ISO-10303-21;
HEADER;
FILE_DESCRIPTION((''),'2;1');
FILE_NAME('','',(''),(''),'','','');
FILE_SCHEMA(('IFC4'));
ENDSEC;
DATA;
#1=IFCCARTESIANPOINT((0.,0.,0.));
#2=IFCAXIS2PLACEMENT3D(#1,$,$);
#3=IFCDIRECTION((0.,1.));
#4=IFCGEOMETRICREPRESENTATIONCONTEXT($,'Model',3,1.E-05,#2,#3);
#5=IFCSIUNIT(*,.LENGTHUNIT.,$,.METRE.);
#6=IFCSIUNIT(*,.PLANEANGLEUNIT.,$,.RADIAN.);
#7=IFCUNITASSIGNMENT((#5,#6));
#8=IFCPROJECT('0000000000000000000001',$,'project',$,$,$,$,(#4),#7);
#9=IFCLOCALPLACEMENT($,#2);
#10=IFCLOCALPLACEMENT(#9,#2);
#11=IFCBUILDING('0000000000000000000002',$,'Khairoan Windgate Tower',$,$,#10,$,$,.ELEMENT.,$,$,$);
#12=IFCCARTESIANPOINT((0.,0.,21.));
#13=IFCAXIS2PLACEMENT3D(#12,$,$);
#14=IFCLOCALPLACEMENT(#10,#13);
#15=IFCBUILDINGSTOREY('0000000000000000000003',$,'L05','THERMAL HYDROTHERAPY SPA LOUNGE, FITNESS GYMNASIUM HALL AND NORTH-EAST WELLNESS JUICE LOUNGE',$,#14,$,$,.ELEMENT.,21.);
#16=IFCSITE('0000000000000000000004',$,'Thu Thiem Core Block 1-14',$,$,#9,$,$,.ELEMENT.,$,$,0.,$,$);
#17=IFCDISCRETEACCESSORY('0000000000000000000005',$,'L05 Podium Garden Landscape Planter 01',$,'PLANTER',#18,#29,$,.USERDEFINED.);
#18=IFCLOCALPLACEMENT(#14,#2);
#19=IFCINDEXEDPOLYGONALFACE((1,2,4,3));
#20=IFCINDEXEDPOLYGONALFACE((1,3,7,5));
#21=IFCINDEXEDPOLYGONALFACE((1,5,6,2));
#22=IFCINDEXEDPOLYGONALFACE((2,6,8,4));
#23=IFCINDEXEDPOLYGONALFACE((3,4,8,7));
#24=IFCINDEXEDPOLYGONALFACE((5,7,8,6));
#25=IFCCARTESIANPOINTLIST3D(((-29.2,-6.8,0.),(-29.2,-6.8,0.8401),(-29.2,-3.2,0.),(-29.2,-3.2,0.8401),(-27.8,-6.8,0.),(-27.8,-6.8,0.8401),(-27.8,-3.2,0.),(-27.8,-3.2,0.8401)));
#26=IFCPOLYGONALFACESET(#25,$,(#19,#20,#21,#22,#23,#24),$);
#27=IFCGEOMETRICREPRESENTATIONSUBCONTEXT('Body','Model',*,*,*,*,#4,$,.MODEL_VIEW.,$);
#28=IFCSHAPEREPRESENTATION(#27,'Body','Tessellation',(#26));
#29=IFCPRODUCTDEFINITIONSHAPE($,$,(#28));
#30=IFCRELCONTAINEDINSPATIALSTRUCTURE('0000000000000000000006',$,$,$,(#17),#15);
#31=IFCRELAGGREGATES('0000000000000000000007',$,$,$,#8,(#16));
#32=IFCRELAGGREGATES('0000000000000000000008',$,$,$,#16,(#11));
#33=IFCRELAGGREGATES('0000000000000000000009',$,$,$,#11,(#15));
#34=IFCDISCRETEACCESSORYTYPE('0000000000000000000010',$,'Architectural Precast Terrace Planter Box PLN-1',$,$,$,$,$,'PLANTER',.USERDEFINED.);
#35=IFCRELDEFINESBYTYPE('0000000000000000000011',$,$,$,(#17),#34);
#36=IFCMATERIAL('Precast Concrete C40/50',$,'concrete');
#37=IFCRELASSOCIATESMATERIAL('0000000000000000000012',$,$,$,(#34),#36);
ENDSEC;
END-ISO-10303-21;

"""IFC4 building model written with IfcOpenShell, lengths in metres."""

from ifc_helpers import new_model, si_unit, direction, frame, origin, origin_2d, place, context, subcontext, project, spatial, rectangle, extrude, material, type_object, element, save


model = new_model("IFC4")

# Units and contexts
model_context = context("Model", 3, precision=1e-05, world=origin(), true_north=direction((0.0, 1.0)))
body_context = subcontext(model_context, "Body", "Model", "MODEL_VIEW")
ifc_project = project(units=[si_unit("LENGTHUNIT", "METRE"), si_unit("PLANEANGLEUNIT", "RADIAN")], contexts=[model_context])

# Site, building, storey
site_placement = place(None, origin())
site = spatial("IfcSite", under=ifc_project, at=site_placement, Name="Thu Thiem Core Block 1-14", CompositionType="ELEMENT", RefElevation=0.0)
building_placement = place(site_placement, origin())
building = spatial("IfcBuilding", under=site, at=building_placement, Name="Khairoan Windgate Tower", CompositionType="ELEMENT")
storey_placement = place(building_placement, frame((0.0, 0.0, 21.0)))
storey = spatial("IfcBuildingStorey", under=building, at=storey_placement, Name="L05", Description="THERMAL HYDROTHERAPY SPA LOUNGE, FITNESS GYMNASIUM HALL AND NORTH-EAST WELLNESS JUICE LOUNGE", CompositionType="ELEMENT", Elevation=21.0)

# Discrete accessory
ifc_material_1 = material(Name="Precast Concrete C40/50", Category="concrete")
discrete_accessory_type = type_object("IfcDiscreteAccessoryType", Name="Architectural Precast Terrace Planter Box PLN-1", ElementType="PLANTER", PredefinedType="USERDEFINED", material=ifc_material_1)
discrete_accessory_placement = place(storey_placement, frame((-28.5, -5.0, 0.0), z_axis=(0.0, 0.0, 1.0), x_axis=(1.0, 0.0, 0.0)))
element("IfcDiscreteAccessory", 1, at=discrete_accessory_placement, inside=storey, type_object=discrete_accessory_type, Name="L05 Podium Garden Landscape Planter 01", ObjectType="PLANTER", PredefinedType="USERDEFINED", context=body_context, shape_type="SweptSolid", body=[
    extrude(rectangle(XDim=1.3999, YDim=3.6001, at=origin_2d()), origin(), (0.0, 0.0, 1.0), 0.8401),
])

save(model, "model.ifc")
